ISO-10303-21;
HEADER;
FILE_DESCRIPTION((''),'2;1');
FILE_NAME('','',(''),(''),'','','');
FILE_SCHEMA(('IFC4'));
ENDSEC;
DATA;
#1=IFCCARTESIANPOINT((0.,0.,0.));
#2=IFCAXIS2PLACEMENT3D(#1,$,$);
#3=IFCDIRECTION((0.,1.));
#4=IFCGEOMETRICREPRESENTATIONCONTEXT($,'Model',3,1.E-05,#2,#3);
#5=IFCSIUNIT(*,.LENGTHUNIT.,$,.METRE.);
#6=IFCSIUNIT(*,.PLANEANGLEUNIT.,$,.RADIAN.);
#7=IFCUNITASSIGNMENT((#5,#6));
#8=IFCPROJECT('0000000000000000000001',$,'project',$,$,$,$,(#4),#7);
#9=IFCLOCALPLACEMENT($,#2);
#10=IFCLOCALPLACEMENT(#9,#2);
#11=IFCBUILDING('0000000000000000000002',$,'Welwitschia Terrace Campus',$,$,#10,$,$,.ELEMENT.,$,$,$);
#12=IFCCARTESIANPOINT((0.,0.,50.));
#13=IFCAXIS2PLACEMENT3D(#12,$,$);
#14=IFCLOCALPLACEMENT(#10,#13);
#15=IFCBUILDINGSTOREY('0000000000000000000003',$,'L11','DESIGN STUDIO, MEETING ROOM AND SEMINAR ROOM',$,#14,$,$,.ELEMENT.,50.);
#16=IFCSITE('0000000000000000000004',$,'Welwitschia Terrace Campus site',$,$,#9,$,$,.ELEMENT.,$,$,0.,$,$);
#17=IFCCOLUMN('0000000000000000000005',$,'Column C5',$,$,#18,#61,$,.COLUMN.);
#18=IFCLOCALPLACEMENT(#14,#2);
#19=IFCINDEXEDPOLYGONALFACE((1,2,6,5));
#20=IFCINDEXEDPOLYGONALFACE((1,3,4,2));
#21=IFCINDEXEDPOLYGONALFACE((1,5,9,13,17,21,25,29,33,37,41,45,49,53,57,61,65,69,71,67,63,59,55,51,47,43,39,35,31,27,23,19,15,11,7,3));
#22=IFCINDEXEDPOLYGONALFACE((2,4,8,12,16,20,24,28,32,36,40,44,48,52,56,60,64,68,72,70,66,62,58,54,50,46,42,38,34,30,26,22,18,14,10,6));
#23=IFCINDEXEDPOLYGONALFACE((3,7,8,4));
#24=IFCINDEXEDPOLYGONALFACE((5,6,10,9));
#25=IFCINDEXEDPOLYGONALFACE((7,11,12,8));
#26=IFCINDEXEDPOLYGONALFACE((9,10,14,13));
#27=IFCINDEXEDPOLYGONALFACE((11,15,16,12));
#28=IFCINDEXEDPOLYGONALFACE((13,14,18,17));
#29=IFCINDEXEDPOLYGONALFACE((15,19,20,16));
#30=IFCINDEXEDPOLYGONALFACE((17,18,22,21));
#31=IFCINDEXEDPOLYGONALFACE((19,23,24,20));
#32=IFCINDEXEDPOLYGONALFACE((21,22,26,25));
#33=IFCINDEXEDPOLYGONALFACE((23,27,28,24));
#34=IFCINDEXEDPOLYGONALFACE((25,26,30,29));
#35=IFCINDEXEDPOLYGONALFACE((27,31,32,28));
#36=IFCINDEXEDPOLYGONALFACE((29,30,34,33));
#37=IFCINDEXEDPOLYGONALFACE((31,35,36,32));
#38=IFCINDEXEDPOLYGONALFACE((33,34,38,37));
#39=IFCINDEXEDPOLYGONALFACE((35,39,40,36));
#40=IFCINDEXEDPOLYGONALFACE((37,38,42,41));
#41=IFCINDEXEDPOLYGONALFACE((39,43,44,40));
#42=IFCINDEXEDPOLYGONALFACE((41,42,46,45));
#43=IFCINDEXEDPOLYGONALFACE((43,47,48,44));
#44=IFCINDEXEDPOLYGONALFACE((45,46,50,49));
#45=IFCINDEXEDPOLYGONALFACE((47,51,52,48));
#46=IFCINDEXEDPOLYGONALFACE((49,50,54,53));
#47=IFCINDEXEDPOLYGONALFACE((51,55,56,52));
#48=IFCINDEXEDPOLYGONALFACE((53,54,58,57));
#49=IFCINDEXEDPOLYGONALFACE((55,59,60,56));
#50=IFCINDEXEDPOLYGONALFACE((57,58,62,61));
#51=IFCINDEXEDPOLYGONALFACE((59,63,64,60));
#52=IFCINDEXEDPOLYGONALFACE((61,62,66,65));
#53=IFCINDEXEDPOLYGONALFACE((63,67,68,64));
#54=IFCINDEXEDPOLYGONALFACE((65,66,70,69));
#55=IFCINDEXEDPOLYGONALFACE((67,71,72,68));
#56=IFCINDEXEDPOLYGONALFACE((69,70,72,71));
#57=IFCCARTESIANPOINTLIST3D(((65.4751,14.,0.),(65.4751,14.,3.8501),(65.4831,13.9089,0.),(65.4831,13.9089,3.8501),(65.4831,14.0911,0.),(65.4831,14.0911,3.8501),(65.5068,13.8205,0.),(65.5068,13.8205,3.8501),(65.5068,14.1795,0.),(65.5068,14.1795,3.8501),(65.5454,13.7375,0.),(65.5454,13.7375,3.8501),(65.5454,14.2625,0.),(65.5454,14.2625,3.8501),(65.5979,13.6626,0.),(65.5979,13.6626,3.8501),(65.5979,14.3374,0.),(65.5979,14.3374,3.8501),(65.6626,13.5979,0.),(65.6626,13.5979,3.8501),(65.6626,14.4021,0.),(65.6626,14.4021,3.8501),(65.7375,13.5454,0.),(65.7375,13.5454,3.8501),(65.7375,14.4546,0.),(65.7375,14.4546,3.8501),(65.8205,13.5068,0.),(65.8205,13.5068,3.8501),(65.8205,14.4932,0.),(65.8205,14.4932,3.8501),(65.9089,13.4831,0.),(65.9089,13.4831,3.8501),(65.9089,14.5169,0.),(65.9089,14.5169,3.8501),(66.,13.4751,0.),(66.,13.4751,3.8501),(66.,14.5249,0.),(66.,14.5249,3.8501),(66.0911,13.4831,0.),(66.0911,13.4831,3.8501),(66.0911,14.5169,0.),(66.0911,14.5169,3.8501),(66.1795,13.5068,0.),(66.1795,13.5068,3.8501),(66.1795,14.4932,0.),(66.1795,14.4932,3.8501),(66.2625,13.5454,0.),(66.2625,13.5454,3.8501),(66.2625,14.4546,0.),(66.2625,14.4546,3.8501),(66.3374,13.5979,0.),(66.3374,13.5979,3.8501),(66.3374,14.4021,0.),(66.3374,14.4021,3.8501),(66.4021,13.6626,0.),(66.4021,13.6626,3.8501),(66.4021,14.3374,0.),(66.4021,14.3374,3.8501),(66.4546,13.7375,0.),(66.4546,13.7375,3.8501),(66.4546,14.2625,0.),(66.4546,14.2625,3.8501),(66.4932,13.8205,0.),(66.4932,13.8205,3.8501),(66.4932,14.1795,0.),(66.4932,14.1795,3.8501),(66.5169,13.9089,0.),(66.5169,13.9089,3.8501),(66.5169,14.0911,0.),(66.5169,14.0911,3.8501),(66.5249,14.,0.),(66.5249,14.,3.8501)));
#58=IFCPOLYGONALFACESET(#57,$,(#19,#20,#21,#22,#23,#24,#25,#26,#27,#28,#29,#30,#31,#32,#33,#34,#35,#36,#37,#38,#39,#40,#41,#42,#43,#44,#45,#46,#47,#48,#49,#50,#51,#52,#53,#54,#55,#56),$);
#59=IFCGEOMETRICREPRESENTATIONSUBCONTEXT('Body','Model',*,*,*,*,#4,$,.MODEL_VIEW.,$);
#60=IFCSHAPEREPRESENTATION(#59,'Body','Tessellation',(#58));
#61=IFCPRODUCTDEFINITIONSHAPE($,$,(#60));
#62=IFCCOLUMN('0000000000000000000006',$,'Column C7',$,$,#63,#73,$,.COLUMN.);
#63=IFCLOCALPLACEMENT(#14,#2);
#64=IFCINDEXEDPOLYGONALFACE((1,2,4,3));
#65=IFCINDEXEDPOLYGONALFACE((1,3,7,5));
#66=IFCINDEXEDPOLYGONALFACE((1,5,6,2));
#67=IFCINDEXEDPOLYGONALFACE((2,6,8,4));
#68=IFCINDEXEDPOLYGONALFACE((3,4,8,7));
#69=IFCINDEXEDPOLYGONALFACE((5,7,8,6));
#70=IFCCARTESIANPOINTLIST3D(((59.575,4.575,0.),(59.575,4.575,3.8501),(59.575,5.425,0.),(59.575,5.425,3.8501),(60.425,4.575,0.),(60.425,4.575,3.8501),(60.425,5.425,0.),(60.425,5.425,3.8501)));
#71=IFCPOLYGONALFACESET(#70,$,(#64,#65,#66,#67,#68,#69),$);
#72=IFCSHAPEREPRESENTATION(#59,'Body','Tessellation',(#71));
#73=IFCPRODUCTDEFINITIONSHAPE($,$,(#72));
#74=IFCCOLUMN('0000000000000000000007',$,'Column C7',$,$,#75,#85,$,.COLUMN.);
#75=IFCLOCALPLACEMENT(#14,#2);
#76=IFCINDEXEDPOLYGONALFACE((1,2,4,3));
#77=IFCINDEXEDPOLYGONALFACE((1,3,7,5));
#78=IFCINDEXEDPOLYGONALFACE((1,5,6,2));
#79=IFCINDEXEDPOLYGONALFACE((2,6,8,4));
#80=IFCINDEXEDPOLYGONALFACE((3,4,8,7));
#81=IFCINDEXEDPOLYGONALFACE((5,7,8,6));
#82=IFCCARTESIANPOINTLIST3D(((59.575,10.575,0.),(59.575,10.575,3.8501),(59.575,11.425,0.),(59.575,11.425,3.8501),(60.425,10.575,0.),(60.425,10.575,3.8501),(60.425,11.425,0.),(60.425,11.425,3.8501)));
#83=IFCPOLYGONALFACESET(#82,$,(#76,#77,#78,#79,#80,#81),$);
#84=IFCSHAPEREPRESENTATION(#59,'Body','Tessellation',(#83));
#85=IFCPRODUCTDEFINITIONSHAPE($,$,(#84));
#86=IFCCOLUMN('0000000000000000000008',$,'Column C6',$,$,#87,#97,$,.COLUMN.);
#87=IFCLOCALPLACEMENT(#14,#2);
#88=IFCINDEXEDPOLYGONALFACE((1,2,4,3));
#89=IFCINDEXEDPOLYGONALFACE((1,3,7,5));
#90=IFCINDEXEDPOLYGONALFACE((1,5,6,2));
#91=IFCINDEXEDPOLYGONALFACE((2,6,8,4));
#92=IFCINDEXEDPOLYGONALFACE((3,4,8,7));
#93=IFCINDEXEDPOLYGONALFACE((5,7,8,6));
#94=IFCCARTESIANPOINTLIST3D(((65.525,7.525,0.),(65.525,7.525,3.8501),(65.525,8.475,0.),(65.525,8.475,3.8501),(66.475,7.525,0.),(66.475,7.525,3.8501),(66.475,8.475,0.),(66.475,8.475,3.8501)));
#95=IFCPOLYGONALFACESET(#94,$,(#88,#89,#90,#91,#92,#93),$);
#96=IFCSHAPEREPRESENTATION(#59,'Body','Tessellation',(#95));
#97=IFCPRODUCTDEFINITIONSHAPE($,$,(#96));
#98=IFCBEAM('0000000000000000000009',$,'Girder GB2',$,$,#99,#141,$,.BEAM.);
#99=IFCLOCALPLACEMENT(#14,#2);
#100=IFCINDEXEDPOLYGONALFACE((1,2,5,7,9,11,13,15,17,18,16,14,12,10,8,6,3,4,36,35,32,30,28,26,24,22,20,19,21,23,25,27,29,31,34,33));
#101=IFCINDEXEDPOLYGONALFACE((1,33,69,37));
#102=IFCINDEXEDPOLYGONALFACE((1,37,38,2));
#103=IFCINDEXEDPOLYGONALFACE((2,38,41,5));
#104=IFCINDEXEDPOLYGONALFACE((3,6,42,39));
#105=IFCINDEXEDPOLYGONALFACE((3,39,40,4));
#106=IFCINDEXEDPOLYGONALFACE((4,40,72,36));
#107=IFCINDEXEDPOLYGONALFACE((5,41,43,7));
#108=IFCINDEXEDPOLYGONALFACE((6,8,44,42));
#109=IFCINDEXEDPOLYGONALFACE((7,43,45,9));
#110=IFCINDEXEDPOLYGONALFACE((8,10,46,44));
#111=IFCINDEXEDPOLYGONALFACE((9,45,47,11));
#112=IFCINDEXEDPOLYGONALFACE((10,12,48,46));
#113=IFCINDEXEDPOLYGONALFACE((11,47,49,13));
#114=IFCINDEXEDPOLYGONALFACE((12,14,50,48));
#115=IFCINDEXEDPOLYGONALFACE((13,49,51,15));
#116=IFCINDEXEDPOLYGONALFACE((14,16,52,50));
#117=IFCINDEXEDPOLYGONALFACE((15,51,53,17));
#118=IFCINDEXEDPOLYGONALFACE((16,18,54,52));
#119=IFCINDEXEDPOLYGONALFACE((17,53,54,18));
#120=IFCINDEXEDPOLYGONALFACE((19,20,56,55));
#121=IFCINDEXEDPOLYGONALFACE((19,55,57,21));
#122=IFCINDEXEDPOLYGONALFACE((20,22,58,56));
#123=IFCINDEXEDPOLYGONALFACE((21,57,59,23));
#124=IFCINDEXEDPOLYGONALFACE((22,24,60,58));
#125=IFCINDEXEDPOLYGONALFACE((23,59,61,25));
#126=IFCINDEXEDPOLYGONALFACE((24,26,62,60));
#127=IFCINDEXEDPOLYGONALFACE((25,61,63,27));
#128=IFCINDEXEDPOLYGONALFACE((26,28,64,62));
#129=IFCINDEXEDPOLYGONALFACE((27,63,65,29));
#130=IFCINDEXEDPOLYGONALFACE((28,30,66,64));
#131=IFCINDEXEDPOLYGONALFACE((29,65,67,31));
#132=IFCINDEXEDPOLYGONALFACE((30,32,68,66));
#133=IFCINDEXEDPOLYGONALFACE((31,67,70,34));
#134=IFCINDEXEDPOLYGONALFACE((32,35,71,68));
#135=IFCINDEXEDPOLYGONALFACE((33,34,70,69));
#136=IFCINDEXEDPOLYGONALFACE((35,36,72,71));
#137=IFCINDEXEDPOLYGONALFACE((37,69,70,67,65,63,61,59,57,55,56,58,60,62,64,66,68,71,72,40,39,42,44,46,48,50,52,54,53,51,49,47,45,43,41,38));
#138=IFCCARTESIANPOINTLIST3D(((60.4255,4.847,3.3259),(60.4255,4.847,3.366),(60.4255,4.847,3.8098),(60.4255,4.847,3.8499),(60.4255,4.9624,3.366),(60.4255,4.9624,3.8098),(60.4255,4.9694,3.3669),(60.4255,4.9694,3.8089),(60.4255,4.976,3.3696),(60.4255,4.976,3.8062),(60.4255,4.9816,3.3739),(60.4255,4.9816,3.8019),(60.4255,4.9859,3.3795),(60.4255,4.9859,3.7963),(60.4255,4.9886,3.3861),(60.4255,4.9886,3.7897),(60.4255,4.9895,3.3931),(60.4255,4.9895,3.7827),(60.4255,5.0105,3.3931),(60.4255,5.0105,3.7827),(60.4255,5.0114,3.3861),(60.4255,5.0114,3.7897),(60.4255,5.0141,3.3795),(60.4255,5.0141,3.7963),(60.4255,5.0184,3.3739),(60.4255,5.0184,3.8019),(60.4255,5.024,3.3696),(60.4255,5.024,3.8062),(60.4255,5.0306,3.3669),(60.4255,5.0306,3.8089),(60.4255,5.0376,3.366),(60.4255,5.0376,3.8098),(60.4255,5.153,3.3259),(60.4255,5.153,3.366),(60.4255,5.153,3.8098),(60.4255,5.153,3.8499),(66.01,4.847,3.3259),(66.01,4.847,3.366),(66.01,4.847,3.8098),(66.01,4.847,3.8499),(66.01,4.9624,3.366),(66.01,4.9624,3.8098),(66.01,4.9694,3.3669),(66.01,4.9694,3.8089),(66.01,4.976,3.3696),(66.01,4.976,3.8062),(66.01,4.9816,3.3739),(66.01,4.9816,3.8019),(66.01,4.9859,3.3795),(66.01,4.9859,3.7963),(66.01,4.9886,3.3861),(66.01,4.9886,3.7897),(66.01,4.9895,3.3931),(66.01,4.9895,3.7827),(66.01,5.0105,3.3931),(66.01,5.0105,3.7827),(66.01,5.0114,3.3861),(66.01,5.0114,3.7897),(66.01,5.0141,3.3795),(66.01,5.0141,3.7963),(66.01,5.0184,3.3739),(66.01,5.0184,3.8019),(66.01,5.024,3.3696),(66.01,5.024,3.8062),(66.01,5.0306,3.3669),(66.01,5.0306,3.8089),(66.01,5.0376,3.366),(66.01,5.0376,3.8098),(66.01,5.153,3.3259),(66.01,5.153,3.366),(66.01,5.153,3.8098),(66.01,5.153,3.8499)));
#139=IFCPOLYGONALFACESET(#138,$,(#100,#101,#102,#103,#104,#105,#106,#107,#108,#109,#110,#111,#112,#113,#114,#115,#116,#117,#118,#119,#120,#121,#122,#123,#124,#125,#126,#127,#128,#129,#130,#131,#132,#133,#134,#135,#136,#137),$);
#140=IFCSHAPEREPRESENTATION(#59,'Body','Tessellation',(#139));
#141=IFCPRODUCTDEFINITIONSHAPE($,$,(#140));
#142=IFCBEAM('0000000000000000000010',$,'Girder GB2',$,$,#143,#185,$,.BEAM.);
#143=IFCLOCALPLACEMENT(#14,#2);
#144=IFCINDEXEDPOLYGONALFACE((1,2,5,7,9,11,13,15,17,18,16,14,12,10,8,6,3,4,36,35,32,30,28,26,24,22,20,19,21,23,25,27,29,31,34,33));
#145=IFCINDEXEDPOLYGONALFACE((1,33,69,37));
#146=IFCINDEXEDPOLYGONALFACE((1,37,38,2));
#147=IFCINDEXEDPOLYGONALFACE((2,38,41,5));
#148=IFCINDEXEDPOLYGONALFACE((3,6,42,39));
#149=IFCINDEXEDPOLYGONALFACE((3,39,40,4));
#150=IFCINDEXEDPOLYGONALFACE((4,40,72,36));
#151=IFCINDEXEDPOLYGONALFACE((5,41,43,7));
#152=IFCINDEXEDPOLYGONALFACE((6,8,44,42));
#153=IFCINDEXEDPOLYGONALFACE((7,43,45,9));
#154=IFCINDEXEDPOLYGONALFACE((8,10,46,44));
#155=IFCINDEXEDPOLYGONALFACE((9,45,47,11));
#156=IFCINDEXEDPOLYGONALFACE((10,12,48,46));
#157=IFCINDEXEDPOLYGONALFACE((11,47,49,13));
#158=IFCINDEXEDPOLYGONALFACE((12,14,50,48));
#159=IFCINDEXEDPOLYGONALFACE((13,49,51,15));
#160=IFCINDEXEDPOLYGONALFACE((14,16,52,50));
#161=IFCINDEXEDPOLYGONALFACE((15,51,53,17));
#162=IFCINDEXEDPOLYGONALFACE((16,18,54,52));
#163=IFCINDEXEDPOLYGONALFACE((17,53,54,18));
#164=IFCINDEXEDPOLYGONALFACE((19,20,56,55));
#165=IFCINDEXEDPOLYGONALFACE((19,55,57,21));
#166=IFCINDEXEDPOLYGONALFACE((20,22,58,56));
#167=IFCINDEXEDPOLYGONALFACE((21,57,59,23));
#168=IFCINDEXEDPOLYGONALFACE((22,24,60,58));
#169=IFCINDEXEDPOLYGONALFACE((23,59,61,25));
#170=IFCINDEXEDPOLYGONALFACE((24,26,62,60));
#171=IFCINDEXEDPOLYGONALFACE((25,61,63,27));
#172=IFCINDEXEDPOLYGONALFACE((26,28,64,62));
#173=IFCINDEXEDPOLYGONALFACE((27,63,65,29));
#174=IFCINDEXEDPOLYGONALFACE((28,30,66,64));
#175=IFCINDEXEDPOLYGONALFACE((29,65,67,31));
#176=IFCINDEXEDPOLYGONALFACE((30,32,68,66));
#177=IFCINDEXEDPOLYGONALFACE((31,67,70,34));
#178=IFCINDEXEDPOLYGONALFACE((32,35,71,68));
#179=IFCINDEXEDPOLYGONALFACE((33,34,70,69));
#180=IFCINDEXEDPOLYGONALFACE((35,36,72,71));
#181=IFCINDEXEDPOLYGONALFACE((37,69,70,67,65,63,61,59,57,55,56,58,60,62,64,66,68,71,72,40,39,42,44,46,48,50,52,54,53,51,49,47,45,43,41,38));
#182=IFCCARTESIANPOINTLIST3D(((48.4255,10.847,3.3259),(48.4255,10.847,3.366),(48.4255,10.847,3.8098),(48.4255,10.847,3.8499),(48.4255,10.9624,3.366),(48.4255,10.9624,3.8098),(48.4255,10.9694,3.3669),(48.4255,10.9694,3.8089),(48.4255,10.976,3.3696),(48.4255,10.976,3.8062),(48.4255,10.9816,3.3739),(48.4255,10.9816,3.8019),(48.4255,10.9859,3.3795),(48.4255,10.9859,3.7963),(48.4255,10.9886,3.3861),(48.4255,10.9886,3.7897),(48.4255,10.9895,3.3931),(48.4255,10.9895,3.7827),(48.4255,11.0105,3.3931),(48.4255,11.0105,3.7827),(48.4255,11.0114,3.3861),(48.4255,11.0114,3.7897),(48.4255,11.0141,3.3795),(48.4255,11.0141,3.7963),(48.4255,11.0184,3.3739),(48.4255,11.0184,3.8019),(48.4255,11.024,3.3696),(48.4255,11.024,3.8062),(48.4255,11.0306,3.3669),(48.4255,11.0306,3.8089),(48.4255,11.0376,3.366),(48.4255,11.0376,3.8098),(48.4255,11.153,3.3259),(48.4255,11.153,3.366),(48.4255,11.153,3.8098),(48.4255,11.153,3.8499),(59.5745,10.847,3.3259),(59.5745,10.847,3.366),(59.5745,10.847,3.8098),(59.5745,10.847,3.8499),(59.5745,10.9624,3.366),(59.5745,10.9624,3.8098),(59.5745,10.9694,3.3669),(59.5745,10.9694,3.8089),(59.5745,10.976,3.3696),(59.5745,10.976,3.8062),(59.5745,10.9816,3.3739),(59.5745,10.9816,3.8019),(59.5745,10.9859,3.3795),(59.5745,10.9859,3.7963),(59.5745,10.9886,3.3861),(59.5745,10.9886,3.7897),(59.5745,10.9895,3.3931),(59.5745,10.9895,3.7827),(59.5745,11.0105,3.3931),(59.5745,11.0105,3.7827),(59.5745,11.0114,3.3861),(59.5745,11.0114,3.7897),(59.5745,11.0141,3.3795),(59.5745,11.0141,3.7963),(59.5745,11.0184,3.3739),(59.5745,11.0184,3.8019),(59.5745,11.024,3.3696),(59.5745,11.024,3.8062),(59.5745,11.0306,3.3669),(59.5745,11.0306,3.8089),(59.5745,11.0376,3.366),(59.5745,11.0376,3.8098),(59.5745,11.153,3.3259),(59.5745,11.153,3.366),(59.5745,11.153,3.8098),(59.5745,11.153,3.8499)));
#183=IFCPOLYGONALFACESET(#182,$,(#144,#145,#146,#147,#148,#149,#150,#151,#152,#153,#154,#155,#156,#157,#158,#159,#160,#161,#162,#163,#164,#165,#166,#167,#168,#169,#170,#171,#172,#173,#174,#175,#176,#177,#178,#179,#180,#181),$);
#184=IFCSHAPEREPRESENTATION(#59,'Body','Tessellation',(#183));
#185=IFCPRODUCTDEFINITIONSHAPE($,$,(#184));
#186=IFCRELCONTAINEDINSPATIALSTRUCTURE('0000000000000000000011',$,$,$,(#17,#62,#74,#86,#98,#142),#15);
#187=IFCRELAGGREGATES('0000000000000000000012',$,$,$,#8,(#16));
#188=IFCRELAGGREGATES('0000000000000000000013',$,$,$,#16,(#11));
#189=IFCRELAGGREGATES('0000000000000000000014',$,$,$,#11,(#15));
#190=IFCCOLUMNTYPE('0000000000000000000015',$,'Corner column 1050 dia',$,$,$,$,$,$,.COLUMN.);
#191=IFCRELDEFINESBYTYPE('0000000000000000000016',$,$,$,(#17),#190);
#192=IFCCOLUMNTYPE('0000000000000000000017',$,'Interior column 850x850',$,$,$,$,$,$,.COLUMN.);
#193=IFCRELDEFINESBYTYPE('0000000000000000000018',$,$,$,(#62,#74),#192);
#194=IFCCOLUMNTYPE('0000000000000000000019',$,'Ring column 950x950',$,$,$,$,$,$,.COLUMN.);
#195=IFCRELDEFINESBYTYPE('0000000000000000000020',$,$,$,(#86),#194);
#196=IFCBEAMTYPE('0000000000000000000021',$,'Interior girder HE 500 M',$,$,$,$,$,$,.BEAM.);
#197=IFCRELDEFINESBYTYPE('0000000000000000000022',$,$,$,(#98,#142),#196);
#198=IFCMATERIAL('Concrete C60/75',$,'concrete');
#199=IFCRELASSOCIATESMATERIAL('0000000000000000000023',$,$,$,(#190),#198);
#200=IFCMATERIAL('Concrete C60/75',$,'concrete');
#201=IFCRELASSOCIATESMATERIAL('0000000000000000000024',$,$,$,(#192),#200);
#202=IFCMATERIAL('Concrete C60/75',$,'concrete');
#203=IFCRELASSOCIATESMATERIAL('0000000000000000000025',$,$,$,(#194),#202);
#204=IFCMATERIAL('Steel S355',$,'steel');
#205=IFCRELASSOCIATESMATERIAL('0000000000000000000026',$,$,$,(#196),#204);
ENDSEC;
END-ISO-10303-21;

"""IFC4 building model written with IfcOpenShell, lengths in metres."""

from ifc_helpers import new_model, si_unit, direction, frame, origin, origin_2d, place, context, subcontext, project, spatial, rectangle, circle, i_section, extrude, material, material_profile, profile_set, type_object, element, save


model = new_model("IFC4")

# Units and contexts
model_context = context("Model", 3, precision=1e-05, world=origin(), true_north=direction((0.0, 1.0)))
body_context = subcontext(model_context, "Body", "Model", "MODEL_VIEW")
ifc_project = project(units=[si_unit("LENGTHUNIT", "METRE"), si_unit("PLANEANGLEUNIT", "RADIAN")], contexts=[model_context])

# Site, building, storey
site_placement = place(None, origin())
site = spatial("IfcSite", under=ifc_project, at=site_placement, Name="Welwitschia Terrace Campus site", CompositionType="ELEMENT", RefElevation=0.0)
building_placement = place(site_placement, origin())
building = spatial("IfcBuilding", under=site, at=building_placement, Name="Welwitschia Terrace Campus", CompositionType="ELEMENT")
storey_placement = place(building_placement, frame((0.0, 0.0, 50.0)))
storey = spatial("IfcBuildingStorey", under=building, at=storey_placement, Name="L11", Description="DESIGN STUDIO, MEETING ROOM AND SEMINAR ROOM", CompositionType="ELEMENT", Elevation=50.0)

# Columns
ifc_material_1 = material(Name="Concrete C60/75", Category="concrete")
ifc_material_profile_1 = material_profile(ifc_material_1, circle(Radius=0.5249, at=origin_2d()))
ifc_profile_set_1 = profile_set([ifc_material_profile_1], Name="Concrete C60/75")
column_type_1 = type_object("IfcColumnType", Name="Corner column 1050 dia", PredefinedType="COLUMN", material=ifc_profile_set_1)
column_1_placement = place(storey_placement, frame((66.0, 14.0, 0.0), z_axis=(0.0, 0.0, 1.0), x_axis=(1.0, 0.0, 0.0)))
element("IfcColumn", 1, at=column_1_placement, inside=storey, type_object=column_type_1, Name="Column C5", PredefinedType="COLUMN", context=body_context, shape_type="SweptSolid", body=[
    extrude(circle(Radius=0.5249, at=origin_2d()), origin(), (0.0, 0.0, 1.0), 3.8501),
])
ifc_material_2 = material(Name="Concrete C60/75", Category="concrete")
ifc_material_profile_2 = material_profile(ifc_material_2, rectangle(XDim=0.8501, YDim=0.8501, at=origin_2d()))
ifc_profile_set_2 = profile_set([ifc_material_profile_2], Name="Concrete C60/75")
column_type_2 = type_object("IfcColumnType", Name="Interior column 850x850", PredefinedType="COLUMN", material=ifc_profile_set_2)
for number, where, z_axis, x_axis, name in (
    (2, (60.0, 5.0, 0.0), (0.0, 0.0, 1.0), (1.0, 0.0, 0.0), "Column C7"),
    (3, (60.0, 11.0, 0.0), (0.0, 0.0, 1.0), (1.0, 0.0, 0.0), "Column C7"),
):
    element("IfcColumn", number, at=place(storey_placement, frame(where, z_axis=z_axis, x_axis=x_axis)), inside=storey, type_object=column_type_2, Name=name, PredefinedType="COLUMN", context=body_context, shape_type="SweptSolid", body=[
        extrude(rectangle(XDim=0.8501, YDim=0.8501, at=origin_2d()), origin(), (0.0, 0.0, 1.0), 3.8501),
    ])
ifc_material_3 = material(Name="Concrete C60/75", Category="concrete")
ifc_material_profile_3 = material_profile(ifc_material_3, rectangle(XDim=0.95, YDim=0.95, at=origin_2d()))
ifc_profile_set_3 = profile_set([ifc_material_profile_3], Name="Concrete C60/75")
column_type_3 = type_object("IfcColumnType", Name="Ring column 950x950", PredefinedType="COLUMN", material=ifc_profile_set_3)
column_2_placement = place(storey_placement, frame((66.0, 8.0, 0.0), z_axis=(0.0, 0.0, 1.0), x_axis=(1.0, 0.0, 0.0)))
element("IfcColumn", 4, at=column_2_placement, inside=storey, type_object=column_type_3, Name="Column C6", PredefinedType="COLUMN", context=body_context, shape_type="SweptSolid", body=[
    extrude(rectangle(XDim=0.95, YDim=0.95, at=origin_2d()), origin(), (0.0, 0.0, 1.0), 3.8501),
])

# Beams
ifc_material_4 = material(Name="Steel S355", Category="steel")
ifc_material_profile_4 = material_profile(ifc_material_4, i_section(OverallWidth=0.3059, OverallDepth=0.5239, WebThickness=0.021, FlangeThickness=0.04, FilletRadius=0.0271, at=origin_2d()))
ifc_profile_set_4 = profile_set([ifc_material_profile_4], Name="Steel S355")
beam_type_1 = type_object("IfcBeamType", Name="Interior girder HE 500 M", PredefinedType="BEAM", material=ifc_profile_set_4)
beam_1_placement = place(storey_placement, frame((60.4255, 5.0, 3.5879), z_axis=(1.0, 0.0, 0.0), x_axis=(0.0, 1.0, 0.0)))
element("IfcBeam", 5, at=beam_1_placement, inside=storey, type_object=beam_type_1, Name="Girder GB2", PredefinedType="BEAM", context=body_context, shape_type="SweptSolid", body=[
    extrude(i_section(OverallWidth=0.3059, OverallDepth=0.5239, WebThickness=0.021, FlangeThickness=0.04, FilletRadius=0.0271, at=origin_2d()), origin(), (0.0, 0.0, 1.0), 5.5845),
])
beam_2_placement = place(storey_placement, frame((48.4255, 11.0, 3.5879), z_axis=(1.0, 0.0, 0.0), x_axis=(0.0, 1.0, 0.0)))
element("IfcBeam", 6, at=beam_2_placement, inside=storey, type_object=beam_type_1, Name="Girder GB2", PredefinedType="BEAM", context=body_context, shape_type="SweptSolid", body=[
    extrude(i_section(OverallWidth=0.3059, OverallDepth=0.5239, WebThickness=0.021, FlangeThickness=0.04, FilletRadius=0.0271, at=origin_2d()), origin(), (0.0, 0.0, 1.0), 11.1489),
])

save(model, "model.ifc")
